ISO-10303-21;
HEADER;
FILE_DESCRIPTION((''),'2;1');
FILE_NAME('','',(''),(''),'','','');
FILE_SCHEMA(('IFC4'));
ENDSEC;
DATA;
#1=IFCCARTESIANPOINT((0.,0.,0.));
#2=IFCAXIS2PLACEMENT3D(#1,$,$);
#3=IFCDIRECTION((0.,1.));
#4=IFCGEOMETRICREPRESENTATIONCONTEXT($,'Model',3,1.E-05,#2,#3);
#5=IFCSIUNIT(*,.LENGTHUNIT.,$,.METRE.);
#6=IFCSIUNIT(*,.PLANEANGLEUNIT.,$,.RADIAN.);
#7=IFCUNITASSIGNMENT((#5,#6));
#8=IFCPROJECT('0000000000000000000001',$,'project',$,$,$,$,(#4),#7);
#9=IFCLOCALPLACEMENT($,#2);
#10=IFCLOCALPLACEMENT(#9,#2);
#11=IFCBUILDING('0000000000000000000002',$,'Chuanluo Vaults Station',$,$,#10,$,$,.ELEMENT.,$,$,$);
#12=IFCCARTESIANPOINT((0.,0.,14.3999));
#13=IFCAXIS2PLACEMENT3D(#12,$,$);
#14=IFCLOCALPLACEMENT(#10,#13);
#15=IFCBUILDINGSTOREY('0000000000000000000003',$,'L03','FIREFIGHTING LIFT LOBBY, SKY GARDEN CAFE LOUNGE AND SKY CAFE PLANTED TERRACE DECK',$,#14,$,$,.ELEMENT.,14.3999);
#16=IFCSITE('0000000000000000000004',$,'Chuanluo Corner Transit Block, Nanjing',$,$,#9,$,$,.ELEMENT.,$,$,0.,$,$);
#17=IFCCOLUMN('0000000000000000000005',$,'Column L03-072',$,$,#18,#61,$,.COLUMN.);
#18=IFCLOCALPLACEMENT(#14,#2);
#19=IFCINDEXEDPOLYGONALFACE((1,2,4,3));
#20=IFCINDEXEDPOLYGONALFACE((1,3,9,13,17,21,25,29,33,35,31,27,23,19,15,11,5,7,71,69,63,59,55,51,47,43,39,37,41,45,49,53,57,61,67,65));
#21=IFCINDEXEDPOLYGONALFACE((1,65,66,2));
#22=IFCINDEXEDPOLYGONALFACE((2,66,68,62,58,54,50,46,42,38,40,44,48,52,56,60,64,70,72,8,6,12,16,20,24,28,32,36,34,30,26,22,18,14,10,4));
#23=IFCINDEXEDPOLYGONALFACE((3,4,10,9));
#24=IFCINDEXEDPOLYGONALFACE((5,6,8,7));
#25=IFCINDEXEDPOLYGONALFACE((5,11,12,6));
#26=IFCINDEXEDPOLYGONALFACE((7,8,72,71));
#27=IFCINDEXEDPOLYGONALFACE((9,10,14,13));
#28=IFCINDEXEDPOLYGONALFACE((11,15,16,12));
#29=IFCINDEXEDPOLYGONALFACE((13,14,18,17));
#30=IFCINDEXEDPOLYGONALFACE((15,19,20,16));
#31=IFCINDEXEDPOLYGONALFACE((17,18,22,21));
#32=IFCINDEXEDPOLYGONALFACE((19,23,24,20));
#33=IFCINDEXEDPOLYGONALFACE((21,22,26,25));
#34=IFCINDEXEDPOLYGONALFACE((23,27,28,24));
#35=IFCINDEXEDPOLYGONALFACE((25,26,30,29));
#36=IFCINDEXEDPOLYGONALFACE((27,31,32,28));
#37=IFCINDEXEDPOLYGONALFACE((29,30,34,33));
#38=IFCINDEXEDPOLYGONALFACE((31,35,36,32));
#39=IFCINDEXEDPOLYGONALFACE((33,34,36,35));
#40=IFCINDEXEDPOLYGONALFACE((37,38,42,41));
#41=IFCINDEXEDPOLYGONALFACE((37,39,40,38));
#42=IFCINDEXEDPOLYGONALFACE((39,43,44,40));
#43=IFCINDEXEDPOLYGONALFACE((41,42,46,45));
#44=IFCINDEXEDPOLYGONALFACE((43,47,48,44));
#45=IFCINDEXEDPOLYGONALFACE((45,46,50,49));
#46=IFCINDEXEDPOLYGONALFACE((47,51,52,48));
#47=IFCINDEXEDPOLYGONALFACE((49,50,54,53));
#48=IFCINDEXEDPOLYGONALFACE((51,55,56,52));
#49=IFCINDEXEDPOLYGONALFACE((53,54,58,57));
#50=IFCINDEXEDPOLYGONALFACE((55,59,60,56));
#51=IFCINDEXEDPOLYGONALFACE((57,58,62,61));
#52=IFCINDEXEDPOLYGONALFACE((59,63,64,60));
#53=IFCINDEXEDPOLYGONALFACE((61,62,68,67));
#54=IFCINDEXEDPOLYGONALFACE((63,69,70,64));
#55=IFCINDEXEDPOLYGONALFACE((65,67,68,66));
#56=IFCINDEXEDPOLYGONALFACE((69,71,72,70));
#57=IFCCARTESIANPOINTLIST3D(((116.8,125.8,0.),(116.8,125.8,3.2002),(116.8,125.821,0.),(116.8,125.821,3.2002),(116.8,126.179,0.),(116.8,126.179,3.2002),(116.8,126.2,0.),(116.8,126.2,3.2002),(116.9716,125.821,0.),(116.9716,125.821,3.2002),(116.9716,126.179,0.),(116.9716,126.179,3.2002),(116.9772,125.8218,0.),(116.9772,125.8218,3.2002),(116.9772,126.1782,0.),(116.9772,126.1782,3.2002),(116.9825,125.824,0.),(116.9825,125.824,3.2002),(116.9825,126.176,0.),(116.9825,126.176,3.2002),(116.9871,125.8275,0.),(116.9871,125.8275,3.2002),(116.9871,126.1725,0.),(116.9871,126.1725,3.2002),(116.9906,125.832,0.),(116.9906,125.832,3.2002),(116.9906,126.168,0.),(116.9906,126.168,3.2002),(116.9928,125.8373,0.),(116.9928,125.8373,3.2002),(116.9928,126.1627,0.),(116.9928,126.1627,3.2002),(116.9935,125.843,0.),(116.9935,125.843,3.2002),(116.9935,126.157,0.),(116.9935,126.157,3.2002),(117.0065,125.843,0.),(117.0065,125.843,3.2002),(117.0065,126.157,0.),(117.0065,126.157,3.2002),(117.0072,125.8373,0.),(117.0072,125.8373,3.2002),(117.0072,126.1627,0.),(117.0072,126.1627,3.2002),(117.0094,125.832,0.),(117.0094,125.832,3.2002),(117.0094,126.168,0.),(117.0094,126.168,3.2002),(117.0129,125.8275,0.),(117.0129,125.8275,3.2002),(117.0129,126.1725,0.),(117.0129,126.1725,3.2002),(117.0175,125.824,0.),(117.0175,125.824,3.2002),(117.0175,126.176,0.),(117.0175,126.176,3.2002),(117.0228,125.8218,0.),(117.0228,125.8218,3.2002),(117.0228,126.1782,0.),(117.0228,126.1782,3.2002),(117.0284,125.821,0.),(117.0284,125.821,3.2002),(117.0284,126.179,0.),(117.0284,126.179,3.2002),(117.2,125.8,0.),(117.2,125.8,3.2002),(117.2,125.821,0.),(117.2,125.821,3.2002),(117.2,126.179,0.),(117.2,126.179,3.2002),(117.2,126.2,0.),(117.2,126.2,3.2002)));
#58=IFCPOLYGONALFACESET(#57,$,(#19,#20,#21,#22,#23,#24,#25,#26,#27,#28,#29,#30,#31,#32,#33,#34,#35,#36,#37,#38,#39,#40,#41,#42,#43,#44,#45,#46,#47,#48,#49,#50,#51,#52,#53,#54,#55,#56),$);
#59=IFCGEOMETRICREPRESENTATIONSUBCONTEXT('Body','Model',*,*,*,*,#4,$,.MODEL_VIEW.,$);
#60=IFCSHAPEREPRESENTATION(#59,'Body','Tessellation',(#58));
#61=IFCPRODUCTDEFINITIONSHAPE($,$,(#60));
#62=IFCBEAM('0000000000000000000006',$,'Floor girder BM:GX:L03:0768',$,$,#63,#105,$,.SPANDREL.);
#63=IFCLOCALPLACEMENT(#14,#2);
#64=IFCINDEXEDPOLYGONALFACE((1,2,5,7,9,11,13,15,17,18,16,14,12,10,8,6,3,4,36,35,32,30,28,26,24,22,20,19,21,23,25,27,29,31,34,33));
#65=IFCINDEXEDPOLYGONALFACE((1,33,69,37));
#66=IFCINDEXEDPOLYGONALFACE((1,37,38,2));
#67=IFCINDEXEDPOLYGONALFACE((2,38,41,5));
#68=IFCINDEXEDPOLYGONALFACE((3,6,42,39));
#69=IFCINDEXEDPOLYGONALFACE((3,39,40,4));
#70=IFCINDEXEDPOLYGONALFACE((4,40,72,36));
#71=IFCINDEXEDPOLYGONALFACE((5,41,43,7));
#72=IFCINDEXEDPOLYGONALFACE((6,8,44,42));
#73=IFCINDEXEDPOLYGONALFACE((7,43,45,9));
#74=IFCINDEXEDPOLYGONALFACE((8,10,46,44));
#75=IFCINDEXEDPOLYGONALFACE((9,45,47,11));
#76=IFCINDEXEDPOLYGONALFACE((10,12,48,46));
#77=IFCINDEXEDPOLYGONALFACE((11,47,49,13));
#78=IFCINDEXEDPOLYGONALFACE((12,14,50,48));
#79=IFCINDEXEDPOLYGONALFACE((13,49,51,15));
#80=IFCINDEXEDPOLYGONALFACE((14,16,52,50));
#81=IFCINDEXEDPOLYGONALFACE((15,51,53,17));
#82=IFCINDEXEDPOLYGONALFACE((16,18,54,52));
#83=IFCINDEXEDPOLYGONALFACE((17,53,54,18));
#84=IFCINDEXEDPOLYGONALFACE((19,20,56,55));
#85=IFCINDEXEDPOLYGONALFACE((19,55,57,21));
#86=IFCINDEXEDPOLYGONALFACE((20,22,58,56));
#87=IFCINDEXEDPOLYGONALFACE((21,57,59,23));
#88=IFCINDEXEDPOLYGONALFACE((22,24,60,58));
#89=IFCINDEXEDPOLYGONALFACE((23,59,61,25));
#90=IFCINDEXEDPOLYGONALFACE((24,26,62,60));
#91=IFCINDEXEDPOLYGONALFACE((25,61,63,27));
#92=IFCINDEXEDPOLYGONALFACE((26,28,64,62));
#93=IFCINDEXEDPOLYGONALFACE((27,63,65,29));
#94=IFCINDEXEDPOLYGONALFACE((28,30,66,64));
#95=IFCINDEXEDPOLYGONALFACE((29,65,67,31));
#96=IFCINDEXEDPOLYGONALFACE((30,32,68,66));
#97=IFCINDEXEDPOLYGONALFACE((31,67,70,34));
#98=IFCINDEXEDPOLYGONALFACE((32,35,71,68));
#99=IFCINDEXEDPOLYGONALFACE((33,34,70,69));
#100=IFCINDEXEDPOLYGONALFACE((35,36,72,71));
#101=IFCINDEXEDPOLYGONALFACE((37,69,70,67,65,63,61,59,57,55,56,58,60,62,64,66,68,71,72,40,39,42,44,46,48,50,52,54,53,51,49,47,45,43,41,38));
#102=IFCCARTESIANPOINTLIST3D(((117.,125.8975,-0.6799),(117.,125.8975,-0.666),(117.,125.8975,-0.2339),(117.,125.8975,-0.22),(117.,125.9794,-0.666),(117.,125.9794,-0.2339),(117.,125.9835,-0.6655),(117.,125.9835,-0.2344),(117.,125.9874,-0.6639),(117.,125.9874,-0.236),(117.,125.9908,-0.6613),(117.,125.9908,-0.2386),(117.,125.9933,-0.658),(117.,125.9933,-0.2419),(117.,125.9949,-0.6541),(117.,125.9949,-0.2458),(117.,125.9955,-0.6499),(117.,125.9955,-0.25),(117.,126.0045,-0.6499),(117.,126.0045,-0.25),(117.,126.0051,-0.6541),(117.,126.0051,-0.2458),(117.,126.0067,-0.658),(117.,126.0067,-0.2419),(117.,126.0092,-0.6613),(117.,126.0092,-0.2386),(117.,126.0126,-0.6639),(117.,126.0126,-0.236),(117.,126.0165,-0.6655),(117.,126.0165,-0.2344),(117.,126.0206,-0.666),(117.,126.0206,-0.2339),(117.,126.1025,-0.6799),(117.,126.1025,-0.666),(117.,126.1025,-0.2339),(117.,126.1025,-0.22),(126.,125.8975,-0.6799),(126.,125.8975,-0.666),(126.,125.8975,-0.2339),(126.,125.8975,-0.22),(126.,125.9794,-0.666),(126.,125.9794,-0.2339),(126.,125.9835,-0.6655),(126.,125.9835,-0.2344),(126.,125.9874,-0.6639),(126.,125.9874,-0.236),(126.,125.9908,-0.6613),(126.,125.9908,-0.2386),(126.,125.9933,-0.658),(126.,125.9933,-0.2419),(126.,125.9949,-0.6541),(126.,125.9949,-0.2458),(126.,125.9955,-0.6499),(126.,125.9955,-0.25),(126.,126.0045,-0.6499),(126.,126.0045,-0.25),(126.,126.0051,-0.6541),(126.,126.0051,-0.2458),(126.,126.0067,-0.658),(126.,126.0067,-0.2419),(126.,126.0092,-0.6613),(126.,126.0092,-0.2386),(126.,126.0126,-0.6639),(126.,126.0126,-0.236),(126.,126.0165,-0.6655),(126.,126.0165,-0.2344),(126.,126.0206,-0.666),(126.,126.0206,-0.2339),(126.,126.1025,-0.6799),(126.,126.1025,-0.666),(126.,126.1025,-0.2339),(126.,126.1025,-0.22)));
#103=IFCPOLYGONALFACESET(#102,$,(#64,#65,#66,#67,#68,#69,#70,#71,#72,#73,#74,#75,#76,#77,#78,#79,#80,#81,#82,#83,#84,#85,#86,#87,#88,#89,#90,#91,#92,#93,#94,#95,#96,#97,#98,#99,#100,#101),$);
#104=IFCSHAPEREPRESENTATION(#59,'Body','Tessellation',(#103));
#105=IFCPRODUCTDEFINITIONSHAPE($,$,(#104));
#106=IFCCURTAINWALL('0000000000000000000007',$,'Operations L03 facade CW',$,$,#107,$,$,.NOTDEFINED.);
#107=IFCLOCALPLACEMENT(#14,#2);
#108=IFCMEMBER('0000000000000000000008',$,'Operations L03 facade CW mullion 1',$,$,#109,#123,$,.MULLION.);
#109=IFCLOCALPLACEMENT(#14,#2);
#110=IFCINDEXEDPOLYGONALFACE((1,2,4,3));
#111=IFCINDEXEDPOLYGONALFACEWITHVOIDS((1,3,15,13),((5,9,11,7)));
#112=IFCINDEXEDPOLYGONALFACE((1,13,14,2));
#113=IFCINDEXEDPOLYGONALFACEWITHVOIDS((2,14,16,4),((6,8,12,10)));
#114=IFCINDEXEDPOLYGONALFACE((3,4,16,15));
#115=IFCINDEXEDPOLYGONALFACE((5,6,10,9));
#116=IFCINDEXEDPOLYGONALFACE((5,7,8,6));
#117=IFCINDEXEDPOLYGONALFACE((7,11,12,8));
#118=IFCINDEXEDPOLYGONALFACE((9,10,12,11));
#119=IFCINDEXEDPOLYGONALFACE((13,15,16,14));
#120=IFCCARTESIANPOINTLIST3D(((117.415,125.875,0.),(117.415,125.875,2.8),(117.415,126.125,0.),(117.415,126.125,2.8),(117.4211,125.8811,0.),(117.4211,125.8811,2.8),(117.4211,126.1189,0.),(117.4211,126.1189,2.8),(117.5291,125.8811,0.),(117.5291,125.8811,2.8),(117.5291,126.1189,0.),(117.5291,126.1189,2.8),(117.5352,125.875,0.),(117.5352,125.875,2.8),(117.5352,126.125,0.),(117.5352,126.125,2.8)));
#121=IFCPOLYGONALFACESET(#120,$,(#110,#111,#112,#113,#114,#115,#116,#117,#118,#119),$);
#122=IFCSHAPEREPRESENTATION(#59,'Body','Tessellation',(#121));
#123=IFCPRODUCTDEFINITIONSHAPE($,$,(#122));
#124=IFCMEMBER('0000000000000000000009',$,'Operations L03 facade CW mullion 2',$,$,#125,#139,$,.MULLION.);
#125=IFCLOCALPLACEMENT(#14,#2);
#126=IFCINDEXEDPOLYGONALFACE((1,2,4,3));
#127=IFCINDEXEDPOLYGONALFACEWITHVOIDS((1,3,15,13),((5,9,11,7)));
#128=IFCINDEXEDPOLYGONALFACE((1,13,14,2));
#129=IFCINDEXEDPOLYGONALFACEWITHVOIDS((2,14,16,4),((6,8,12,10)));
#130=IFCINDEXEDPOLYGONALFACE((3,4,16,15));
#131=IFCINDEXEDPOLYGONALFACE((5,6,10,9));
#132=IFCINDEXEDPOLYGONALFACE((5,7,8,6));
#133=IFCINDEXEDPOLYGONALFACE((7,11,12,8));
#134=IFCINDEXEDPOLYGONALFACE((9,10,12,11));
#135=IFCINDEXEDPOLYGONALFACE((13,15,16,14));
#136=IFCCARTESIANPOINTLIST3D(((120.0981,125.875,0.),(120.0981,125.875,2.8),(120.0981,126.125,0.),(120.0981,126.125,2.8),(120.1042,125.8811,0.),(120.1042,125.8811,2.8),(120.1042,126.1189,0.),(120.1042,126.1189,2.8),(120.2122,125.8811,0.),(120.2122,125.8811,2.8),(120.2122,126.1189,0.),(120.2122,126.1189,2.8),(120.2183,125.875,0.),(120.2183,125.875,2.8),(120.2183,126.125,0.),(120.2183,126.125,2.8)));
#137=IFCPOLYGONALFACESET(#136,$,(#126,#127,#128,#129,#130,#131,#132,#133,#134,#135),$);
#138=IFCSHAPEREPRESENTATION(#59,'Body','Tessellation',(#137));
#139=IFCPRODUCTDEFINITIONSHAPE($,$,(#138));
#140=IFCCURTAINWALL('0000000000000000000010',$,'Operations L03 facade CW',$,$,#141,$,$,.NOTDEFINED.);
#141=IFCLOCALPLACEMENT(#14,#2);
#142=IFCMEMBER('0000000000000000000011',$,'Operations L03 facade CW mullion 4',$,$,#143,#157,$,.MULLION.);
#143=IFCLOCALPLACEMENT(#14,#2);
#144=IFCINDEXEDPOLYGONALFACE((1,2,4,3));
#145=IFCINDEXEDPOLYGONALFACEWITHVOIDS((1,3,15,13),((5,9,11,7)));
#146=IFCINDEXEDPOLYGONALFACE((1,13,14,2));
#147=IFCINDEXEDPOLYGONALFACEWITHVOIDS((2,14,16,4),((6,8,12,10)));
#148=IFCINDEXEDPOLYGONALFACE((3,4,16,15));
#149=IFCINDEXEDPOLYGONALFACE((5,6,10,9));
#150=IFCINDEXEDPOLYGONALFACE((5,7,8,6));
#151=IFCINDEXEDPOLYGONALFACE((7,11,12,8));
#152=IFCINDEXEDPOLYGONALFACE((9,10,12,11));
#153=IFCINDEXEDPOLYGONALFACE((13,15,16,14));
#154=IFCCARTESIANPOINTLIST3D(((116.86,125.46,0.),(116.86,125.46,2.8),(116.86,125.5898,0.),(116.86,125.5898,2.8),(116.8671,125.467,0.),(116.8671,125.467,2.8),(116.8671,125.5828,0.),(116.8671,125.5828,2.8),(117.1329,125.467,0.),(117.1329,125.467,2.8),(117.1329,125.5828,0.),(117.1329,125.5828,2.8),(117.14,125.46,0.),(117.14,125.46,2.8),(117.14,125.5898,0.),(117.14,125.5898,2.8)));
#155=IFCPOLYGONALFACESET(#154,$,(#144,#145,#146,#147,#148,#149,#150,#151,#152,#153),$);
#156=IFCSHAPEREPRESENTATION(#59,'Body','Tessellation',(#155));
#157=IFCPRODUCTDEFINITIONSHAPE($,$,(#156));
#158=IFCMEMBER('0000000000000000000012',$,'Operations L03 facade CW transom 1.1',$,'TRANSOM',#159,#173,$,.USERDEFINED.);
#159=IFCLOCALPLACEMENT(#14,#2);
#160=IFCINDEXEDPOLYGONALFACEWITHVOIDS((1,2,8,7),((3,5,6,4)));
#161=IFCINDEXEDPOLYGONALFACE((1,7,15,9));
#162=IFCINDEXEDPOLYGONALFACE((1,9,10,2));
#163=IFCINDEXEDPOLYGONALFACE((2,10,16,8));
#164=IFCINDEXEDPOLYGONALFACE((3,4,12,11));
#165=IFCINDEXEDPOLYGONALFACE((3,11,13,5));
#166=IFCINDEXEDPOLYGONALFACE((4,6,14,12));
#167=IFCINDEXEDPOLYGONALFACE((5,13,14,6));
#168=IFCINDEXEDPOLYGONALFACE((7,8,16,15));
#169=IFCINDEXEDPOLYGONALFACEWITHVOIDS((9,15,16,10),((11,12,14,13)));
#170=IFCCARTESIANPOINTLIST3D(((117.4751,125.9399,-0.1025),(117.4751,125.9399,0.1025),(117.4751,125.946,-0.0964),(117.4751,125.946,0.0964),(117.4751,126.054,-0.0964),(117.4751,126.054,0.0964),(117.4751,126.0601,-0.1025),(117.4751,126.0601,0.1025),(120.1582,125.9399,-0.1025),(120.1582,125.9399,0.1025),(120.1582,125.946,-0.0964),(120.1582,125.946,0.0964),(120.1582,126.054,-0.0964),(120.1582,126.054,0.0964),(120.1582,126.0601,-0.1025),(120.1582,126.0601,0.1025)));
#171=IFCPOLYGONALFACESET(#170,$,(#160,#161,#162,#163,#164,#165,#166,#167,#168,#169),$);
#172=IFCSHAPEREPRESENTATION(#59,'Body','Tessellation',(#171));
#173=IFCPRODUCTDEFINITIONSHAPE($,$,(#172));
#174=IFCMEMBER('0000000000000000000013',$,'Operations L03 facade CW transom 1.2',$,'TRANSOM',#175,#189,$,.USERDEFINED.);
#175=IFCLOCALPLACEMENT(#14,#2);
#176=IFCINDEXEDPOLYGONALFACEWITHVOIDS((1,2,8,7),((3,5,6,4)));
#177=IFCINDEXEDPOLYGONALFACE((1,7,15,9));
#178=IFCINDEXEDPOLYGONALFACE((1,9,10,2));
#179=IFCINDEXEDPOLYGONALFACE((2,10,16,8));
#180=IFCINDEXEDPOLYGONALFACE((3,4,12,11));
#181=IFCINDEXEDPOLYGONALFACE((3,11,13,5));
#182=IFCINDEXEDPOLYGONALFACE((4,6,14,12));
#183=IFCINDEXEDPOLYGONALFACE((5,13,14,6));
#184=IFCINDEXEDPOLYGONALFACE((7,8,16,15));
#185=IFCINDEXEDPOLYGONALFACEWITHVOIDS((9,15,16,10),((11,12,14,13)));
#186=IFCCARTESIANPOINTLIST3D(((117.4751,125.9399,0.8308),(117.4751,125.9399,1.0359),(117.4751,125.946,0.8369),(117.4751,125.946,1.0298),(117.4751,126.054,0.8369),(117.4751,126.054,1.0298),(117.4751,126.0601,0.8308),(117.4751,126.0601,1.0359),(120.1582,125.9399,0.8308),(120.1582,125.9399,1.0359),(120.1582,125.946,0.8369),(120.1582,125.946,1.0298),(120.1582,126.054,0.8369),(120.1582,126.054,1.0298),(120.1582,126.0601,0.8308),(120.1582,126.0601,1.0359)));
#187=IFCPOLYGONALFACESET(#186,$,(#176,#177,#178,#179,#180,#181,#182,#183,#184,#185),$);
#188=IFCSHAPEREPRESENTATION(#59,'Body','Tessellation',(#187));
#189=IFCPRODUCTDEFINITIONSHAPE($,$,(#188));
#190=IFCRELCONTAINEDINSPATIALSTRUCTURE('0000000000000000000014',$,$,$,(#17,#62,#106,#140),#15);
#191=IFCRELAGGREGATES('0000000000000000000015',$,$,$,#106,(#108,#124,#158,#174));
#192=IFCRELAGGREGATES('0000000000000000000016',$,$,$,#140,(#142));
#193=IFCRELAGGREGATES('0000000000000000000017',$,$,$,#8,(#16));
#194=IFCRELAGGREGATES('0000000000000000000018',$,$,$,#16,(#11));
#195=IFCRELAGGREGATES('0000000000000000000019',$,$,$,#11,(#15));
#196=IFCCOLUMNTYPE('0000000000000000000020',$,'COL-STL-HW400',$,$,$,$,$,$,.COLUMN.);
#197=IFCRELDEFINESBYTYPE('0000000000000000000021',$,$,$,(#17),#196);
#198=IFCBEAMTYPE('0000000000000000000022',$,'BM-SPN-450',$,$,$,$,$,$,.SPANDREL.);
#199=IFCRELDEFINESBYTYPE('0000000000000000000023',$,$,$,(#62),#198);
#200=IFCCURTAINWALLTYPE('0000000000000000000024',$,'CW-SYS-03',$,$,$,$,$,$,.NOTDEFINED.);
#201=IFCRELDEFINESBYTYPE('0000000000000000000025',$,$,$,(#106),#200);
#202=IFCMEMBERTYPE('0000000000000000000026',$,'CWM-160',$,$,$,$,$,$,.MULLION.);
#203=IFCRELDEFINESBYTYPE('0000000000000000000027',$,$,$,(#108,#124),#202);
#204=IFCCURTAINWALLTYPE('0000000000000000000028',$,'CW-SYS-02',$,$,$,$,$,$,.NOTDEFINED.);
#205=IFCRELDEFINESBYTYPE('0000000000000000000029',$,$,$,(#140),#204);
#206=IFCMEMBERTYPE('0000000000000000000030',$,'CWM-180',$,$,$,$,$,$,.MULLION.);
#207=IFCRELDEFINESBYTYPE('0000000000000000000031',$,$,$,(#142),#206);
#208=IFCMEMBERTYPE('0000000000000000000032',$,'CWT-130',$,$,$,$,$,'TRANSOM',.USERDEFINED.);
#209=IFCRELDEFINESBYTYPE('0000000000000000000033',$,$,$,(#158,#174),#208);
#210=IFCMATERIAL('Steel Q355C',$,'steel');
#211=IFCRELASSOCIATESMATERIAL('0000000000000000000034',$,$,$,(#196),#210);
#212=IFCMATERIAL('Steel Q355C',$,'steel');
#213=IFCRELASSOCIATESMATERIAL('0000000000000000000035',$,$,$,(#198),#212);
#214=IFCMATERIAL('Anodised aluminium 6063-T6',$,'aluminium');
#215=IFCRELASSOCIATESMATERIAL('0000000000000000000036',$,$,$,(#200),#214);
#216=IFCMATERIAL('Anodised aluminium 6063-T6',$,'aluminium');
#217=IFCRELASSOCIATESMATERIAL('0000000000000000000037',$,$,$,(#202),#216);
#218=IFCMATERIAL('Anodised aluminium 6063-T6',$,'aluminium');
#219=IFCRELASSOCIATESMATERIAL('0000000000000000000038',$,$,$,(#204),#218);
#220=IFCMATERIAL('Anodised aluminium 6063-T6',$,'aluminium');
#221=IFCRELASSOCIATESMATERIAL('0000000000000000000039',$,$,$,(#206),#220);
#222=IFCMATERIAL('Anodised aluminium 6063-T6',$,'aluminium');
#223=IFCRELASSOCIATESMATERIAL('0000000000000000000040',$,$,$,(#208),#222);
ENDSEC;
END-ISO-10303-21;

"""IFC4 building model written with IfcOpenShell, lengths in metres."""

from ifc_helpers import new_model, si_unit, direction, frame, origin, origin_2d, place, context, subcontext, project, spatial, hollow_rectangle, i_section, extrude, material, material_profile, profile_set, type_object, element, aggregate, save


model = new_model("IFC4")

# Units and contexts
model_context = context("Model", 3, precision=1e-05, world=origin(), true_north=direction((0.0, 1.0)))
body_context = subcontext(model_context, "Body", "Model", "MODEL_VIEW")
ifc_project = project(units=[si_unit("LENGTHUNIT", "METRE"), si_unit("PLANEANGLEUNIT", "RADIAN")], contexts=[model_context])

# Site, building, storey
site_placement = place(None, origin())
site = spatial("IfcSite", under=ifc_project, at=site_placement, Name="Chuanluo Corner Transit Block, Nanjing", CompositionType="ELEMENT", RefElevation=0.0)
building_placement = place(site_placement, origin())
building = spatial("IfcBuilding", under=site, at=building_placement, Name="Chuanluo Vaults Station", CompositionType="ELEMENT")
storey_placement = place(building_placement, frame((0.0, 0.0, 14.3999)))
storey = spatial("IfcBuildingStorey", under=building, at=storey_placement, Name="L03", Description="FIREFIGHTING LIFT LOBBY, SKY GARDEN CAFE LOUNGE AND SKY CAFE PLANTED TERRACE DECK", CompositionType="ELEMENT", Elevation=14.3999)

# Column
ifc_material_1 = material(Name="Steel Q355C", Category="steel")
ifc_material_profile_1 = material_profile(ifc_material_1, i_section(OverallWidth=0.3999, OverallDepth=0.3999, WebThickness=0.0129, FlangeThickness=0.021, FilletRadius=0.022, at=origin_2d()))
ifc_profile_set_1 = profile_set([ifc_material_profile_1], Name="Steel Q355C")
column_type = type_object("IfcColumnType", Name="COL-STL-HW400", PredefinedType="COLUMN", material=ifc_profile_set_1)
column_placement = place(storey_placement, frame((117.0, 126.0, 0.0), z_axis=(0.0, 0.0, 1.0), x_axis=(1.0, 0.0, 0.0)))
element("IfcColumn", 1, at=column_placement, inside=storey, type_object=column_type, Name="Column L03-072", PredefinedType="COLUMN", context=body_context, shape_type="SweptSolid", body=[
    extrude(i_section(OverallWidth=0.3999, OverallDepth=0.3999, WebThickness=0.0129, FlangeThickness=0.021, FilletRadius=0.022, at=origin_2d()), origin(), (0.0, 0.0, 1.0), 3.2002),
])

# Beam
ifc_material_2 = material(Name="Steel Q355C", Category="steel")
ifc_material_profile_2 = material_profile(ifc_material_2, i_section(OverallWidth=0.2051, OverallDepth=0.46, WebThickness=0.009, FlangeThickness=0.0139, FilletRadius=0.0161, at=origin_2d()))
ifc_profile_set_2 = profile_set([ifc_material_profile_2], Name="Steel Q355C")
beam_type = type_object("IfcBeamType", Name="BM-SPN-450", PredefinedType="SPANDREL", material=ifc_profile_set_2)
beam_placement = place(storey_placement, frame((117.0, 126.0, -0.45), z_axis=(1.0, 0.0, 0.0), x_axis=(0.0, 1.0, 0.0)))
element("IfcBeam", 2, at=beam_placement, inside=storey, type_object=beam_type, Name="Floor girder BM:GX:L03:0768", PredefinedType="SPANDREL", context=body_context, shape_type="SweptSolid", body=[
    extrude(i_section(OverallWidth=0.2051, OverallDepth=0.46, WebThickness=0.009, FlangeThickness=0.0139, FilletRadius=0.0161, at=origin_2d()), origin(), (0.0, 0.0, 1.0), 9.0),
])

# Curtain wall, members
ifc_material_3 = material(Name="Anodised aluminium 6063-T6", Category="aluminium")
curtain_wall_type_1 = type_object("IfcCurtainWallType", Name="CW-SYS-03", PredefinedType="NOTDEFINED", material=ifc_material_3)
curtain_wall_1_placement = place(storey_placement, origin())
curtain_wall_1 = element("IfcCurtainWall", 3, at=curtain_wall_1_placement, inside=storey, type_object=curtain_wall_type_1, Name="Operations L03 facade CW", PredefinedType="NOTDEFINED")
ifc_material_4 = material(Name="Anodised aluminium 6063-T6", Category="aluminium")
ifc_material_profile_3 = material_profile(ifc_material_4, hollow_rectangle(XDim=0.1201, YDim=0.25, WallThickness=0.0061, at=origin_2d()))
ifc_profile_set_3 = profile_set([ifc_material_profile_3], Name="Anodised aluminium 6063-T6")
member_type_1 = type_object("IfcMemberType", Name="CWM-160", PredefinedType="MULLION", material=ifc_profile_set_3)
member_1_placement = place(storey_placement, frame((117.4751, 126.0, 0.0), z_axis=(0.0, 0.0, 1.0), x_axis=(1.0, 0.0, 0.0)))
member_1 = element("IfcMember", 4, at=member_1_placement, type_object=member_type_1, Name="Operations L03 facade CW mullion 1", PredefinedType="MULLION", context=body_context, shape_type="SweptSolid", body=[
    extrude(hollow_rectangle(XDim=0.1201, YDim=0.25, WallThickness=0.0061, at=origin_2d()), origin(), (0.0, 0.0, 1.0), 2.8),
])
member_2_placement = place(storey_placement, frame((120.1582, 126.0, 0.0), z_axis=(0.0, 0.0, 1.0), x_axis=(1.0, 0.0, 0.0)))
member_2 = element("IfcMember", 5, at=member_2_placement, type_object=member_type_1, Name="Operations L03 facade CW mullion 2", PredefinedType="MULLION", context=body_context, shape_type="SweptSolid", body=[
    extrude(hollow_rectangle(XDim=0.1201, YDim=0.25, WallThickness=0.0061, at=origin_2d()), origin(), (0.0, 0.0, 1.0), 2.8),
])

# Curtain wall, member
ifc_material_5 = material(Name="Anodised aluminium 6063-T6", Category="aluminium")
curtain_wall_type_2 = type_object("IfcCurtainWallType", Name="CW-SYS-02", PredefinedType="NOTDEFINED", material=ifc_material_5)
curtain_wall_2_placement = place(storey_placement, origin())
curtain_wall_2 = element("IfcCurtainWall", 6, at=curtain_wall_2_placement, inside=storey, type_object=curtain_wall_type_2, Name="Operations L03 facade CW", PredefinedType="NOTDEFINED")
ifc_material_6 = material(Name="Anodised aluminium 6063-T6", Category="aluminium")
ifc_material_profile_4 = material_profile(ifc_material_6, hollow_rectangle(XDim=0.1299, YDim=0.28, WallThickness=0.0071, at=origin_2d()))
ifc_profile_set_4 = profile_set([ifc_material_profile_4], Name="Anodised aluminium 6063-T6")
member_type_2 = type_object("IfcMemberType", Name="CWM-180", PredefinedType="MULLION", material=ifc_profile_set_4)
member_3_placement = place(storey_placement, frame((117.0, 125.5249, 0.0), z_axis=(0.0, 0.0, 1.0), x_axis=(0.0, 1.0, 0.0)))
member_3 = element("IfcMember", 7, at=member_3_placement, type_object=member_type_2, Name="Operations L03 facade CW mullion 4", PredefinedType="MULLION", context=body_context, shape_type="SweptSolid", body=[
    extrude(hollow_rectangle(XDim=0.1299, YDim=0.28, WallThickness=0.0071, at=origin_2d()), origin(), (0.0, 0.0, 1.0), 2.8),
])

# Members
ifc_material_7 = material(Name="Anodised aluminium 6063-T6", Category="aluminium")
ifc_material_profile_5 = material_profile(ifc_material_7, hollow_rectangle(XDim=0.1201, YDim=0.2051, WallThickness=0.0061, at=origin_2d()))
ifc_profile_set_5 = profile_set([ifc_material_profile_5], Name="Anodised aluminium 6063-T6")
member_type_3 = type_object("IfcMemberType", Name="CWT-130", ElementType="TRANSOM", PredefinedType="USERDEFINED", material=ifc_profile_set_5)
member_4_placement = place(storey_placement, frame((117.4751, 126.0, 0.0), z_axis=(1.0, 0.0, 0.0), x_axis=(0.0, 1.0, 0.0)))
member_4 = element("IfcMember", 8, at=member_4_placement, type_object=member_type_3, Name="Operations L03 facade CW transom 1.1", ObjectType="TRANSOM", PredefinedType="USERDEFINED", context=body_context, shape_type="SweptSolid", body=[
    extrude(hollow_rectangle(XDim=0.1201, YDim=0.2051, WallThickness=0.0061, at=origin_2d()), origin(), (0.0, 0.0, 1.0), 2.6831),
])
member_5_placement = place(storey_placement, frame((117.4751, 126.0, 0.9333), z_axis=(1.0, 0.0, 0.0), x_axis=(0.0, 1.0, 0.0)))
member_5 = element("IfcMember", 9, at=member_5_placement, type_object=member_type_3, Name="Operations L03 facade CW transom 1.2", ObjectType="TRANSOM", PredefinedType="USERDEFINED", context=body_context, shape_type="SweptSolid", body=[
    extrude(hollow_rectangle(XDim=0.1201, YDim=0.2051, WallThickness=0.0061, at=origin_2d()), origin(), (0.0, 0.0, 1.0), 2.6831),
])

aggregate(curtain_wall_1, [member_1, member_2, member_4, member_5])
aggregate(curtain_wall_2, [member_3])

save(model, "model.ifc")
